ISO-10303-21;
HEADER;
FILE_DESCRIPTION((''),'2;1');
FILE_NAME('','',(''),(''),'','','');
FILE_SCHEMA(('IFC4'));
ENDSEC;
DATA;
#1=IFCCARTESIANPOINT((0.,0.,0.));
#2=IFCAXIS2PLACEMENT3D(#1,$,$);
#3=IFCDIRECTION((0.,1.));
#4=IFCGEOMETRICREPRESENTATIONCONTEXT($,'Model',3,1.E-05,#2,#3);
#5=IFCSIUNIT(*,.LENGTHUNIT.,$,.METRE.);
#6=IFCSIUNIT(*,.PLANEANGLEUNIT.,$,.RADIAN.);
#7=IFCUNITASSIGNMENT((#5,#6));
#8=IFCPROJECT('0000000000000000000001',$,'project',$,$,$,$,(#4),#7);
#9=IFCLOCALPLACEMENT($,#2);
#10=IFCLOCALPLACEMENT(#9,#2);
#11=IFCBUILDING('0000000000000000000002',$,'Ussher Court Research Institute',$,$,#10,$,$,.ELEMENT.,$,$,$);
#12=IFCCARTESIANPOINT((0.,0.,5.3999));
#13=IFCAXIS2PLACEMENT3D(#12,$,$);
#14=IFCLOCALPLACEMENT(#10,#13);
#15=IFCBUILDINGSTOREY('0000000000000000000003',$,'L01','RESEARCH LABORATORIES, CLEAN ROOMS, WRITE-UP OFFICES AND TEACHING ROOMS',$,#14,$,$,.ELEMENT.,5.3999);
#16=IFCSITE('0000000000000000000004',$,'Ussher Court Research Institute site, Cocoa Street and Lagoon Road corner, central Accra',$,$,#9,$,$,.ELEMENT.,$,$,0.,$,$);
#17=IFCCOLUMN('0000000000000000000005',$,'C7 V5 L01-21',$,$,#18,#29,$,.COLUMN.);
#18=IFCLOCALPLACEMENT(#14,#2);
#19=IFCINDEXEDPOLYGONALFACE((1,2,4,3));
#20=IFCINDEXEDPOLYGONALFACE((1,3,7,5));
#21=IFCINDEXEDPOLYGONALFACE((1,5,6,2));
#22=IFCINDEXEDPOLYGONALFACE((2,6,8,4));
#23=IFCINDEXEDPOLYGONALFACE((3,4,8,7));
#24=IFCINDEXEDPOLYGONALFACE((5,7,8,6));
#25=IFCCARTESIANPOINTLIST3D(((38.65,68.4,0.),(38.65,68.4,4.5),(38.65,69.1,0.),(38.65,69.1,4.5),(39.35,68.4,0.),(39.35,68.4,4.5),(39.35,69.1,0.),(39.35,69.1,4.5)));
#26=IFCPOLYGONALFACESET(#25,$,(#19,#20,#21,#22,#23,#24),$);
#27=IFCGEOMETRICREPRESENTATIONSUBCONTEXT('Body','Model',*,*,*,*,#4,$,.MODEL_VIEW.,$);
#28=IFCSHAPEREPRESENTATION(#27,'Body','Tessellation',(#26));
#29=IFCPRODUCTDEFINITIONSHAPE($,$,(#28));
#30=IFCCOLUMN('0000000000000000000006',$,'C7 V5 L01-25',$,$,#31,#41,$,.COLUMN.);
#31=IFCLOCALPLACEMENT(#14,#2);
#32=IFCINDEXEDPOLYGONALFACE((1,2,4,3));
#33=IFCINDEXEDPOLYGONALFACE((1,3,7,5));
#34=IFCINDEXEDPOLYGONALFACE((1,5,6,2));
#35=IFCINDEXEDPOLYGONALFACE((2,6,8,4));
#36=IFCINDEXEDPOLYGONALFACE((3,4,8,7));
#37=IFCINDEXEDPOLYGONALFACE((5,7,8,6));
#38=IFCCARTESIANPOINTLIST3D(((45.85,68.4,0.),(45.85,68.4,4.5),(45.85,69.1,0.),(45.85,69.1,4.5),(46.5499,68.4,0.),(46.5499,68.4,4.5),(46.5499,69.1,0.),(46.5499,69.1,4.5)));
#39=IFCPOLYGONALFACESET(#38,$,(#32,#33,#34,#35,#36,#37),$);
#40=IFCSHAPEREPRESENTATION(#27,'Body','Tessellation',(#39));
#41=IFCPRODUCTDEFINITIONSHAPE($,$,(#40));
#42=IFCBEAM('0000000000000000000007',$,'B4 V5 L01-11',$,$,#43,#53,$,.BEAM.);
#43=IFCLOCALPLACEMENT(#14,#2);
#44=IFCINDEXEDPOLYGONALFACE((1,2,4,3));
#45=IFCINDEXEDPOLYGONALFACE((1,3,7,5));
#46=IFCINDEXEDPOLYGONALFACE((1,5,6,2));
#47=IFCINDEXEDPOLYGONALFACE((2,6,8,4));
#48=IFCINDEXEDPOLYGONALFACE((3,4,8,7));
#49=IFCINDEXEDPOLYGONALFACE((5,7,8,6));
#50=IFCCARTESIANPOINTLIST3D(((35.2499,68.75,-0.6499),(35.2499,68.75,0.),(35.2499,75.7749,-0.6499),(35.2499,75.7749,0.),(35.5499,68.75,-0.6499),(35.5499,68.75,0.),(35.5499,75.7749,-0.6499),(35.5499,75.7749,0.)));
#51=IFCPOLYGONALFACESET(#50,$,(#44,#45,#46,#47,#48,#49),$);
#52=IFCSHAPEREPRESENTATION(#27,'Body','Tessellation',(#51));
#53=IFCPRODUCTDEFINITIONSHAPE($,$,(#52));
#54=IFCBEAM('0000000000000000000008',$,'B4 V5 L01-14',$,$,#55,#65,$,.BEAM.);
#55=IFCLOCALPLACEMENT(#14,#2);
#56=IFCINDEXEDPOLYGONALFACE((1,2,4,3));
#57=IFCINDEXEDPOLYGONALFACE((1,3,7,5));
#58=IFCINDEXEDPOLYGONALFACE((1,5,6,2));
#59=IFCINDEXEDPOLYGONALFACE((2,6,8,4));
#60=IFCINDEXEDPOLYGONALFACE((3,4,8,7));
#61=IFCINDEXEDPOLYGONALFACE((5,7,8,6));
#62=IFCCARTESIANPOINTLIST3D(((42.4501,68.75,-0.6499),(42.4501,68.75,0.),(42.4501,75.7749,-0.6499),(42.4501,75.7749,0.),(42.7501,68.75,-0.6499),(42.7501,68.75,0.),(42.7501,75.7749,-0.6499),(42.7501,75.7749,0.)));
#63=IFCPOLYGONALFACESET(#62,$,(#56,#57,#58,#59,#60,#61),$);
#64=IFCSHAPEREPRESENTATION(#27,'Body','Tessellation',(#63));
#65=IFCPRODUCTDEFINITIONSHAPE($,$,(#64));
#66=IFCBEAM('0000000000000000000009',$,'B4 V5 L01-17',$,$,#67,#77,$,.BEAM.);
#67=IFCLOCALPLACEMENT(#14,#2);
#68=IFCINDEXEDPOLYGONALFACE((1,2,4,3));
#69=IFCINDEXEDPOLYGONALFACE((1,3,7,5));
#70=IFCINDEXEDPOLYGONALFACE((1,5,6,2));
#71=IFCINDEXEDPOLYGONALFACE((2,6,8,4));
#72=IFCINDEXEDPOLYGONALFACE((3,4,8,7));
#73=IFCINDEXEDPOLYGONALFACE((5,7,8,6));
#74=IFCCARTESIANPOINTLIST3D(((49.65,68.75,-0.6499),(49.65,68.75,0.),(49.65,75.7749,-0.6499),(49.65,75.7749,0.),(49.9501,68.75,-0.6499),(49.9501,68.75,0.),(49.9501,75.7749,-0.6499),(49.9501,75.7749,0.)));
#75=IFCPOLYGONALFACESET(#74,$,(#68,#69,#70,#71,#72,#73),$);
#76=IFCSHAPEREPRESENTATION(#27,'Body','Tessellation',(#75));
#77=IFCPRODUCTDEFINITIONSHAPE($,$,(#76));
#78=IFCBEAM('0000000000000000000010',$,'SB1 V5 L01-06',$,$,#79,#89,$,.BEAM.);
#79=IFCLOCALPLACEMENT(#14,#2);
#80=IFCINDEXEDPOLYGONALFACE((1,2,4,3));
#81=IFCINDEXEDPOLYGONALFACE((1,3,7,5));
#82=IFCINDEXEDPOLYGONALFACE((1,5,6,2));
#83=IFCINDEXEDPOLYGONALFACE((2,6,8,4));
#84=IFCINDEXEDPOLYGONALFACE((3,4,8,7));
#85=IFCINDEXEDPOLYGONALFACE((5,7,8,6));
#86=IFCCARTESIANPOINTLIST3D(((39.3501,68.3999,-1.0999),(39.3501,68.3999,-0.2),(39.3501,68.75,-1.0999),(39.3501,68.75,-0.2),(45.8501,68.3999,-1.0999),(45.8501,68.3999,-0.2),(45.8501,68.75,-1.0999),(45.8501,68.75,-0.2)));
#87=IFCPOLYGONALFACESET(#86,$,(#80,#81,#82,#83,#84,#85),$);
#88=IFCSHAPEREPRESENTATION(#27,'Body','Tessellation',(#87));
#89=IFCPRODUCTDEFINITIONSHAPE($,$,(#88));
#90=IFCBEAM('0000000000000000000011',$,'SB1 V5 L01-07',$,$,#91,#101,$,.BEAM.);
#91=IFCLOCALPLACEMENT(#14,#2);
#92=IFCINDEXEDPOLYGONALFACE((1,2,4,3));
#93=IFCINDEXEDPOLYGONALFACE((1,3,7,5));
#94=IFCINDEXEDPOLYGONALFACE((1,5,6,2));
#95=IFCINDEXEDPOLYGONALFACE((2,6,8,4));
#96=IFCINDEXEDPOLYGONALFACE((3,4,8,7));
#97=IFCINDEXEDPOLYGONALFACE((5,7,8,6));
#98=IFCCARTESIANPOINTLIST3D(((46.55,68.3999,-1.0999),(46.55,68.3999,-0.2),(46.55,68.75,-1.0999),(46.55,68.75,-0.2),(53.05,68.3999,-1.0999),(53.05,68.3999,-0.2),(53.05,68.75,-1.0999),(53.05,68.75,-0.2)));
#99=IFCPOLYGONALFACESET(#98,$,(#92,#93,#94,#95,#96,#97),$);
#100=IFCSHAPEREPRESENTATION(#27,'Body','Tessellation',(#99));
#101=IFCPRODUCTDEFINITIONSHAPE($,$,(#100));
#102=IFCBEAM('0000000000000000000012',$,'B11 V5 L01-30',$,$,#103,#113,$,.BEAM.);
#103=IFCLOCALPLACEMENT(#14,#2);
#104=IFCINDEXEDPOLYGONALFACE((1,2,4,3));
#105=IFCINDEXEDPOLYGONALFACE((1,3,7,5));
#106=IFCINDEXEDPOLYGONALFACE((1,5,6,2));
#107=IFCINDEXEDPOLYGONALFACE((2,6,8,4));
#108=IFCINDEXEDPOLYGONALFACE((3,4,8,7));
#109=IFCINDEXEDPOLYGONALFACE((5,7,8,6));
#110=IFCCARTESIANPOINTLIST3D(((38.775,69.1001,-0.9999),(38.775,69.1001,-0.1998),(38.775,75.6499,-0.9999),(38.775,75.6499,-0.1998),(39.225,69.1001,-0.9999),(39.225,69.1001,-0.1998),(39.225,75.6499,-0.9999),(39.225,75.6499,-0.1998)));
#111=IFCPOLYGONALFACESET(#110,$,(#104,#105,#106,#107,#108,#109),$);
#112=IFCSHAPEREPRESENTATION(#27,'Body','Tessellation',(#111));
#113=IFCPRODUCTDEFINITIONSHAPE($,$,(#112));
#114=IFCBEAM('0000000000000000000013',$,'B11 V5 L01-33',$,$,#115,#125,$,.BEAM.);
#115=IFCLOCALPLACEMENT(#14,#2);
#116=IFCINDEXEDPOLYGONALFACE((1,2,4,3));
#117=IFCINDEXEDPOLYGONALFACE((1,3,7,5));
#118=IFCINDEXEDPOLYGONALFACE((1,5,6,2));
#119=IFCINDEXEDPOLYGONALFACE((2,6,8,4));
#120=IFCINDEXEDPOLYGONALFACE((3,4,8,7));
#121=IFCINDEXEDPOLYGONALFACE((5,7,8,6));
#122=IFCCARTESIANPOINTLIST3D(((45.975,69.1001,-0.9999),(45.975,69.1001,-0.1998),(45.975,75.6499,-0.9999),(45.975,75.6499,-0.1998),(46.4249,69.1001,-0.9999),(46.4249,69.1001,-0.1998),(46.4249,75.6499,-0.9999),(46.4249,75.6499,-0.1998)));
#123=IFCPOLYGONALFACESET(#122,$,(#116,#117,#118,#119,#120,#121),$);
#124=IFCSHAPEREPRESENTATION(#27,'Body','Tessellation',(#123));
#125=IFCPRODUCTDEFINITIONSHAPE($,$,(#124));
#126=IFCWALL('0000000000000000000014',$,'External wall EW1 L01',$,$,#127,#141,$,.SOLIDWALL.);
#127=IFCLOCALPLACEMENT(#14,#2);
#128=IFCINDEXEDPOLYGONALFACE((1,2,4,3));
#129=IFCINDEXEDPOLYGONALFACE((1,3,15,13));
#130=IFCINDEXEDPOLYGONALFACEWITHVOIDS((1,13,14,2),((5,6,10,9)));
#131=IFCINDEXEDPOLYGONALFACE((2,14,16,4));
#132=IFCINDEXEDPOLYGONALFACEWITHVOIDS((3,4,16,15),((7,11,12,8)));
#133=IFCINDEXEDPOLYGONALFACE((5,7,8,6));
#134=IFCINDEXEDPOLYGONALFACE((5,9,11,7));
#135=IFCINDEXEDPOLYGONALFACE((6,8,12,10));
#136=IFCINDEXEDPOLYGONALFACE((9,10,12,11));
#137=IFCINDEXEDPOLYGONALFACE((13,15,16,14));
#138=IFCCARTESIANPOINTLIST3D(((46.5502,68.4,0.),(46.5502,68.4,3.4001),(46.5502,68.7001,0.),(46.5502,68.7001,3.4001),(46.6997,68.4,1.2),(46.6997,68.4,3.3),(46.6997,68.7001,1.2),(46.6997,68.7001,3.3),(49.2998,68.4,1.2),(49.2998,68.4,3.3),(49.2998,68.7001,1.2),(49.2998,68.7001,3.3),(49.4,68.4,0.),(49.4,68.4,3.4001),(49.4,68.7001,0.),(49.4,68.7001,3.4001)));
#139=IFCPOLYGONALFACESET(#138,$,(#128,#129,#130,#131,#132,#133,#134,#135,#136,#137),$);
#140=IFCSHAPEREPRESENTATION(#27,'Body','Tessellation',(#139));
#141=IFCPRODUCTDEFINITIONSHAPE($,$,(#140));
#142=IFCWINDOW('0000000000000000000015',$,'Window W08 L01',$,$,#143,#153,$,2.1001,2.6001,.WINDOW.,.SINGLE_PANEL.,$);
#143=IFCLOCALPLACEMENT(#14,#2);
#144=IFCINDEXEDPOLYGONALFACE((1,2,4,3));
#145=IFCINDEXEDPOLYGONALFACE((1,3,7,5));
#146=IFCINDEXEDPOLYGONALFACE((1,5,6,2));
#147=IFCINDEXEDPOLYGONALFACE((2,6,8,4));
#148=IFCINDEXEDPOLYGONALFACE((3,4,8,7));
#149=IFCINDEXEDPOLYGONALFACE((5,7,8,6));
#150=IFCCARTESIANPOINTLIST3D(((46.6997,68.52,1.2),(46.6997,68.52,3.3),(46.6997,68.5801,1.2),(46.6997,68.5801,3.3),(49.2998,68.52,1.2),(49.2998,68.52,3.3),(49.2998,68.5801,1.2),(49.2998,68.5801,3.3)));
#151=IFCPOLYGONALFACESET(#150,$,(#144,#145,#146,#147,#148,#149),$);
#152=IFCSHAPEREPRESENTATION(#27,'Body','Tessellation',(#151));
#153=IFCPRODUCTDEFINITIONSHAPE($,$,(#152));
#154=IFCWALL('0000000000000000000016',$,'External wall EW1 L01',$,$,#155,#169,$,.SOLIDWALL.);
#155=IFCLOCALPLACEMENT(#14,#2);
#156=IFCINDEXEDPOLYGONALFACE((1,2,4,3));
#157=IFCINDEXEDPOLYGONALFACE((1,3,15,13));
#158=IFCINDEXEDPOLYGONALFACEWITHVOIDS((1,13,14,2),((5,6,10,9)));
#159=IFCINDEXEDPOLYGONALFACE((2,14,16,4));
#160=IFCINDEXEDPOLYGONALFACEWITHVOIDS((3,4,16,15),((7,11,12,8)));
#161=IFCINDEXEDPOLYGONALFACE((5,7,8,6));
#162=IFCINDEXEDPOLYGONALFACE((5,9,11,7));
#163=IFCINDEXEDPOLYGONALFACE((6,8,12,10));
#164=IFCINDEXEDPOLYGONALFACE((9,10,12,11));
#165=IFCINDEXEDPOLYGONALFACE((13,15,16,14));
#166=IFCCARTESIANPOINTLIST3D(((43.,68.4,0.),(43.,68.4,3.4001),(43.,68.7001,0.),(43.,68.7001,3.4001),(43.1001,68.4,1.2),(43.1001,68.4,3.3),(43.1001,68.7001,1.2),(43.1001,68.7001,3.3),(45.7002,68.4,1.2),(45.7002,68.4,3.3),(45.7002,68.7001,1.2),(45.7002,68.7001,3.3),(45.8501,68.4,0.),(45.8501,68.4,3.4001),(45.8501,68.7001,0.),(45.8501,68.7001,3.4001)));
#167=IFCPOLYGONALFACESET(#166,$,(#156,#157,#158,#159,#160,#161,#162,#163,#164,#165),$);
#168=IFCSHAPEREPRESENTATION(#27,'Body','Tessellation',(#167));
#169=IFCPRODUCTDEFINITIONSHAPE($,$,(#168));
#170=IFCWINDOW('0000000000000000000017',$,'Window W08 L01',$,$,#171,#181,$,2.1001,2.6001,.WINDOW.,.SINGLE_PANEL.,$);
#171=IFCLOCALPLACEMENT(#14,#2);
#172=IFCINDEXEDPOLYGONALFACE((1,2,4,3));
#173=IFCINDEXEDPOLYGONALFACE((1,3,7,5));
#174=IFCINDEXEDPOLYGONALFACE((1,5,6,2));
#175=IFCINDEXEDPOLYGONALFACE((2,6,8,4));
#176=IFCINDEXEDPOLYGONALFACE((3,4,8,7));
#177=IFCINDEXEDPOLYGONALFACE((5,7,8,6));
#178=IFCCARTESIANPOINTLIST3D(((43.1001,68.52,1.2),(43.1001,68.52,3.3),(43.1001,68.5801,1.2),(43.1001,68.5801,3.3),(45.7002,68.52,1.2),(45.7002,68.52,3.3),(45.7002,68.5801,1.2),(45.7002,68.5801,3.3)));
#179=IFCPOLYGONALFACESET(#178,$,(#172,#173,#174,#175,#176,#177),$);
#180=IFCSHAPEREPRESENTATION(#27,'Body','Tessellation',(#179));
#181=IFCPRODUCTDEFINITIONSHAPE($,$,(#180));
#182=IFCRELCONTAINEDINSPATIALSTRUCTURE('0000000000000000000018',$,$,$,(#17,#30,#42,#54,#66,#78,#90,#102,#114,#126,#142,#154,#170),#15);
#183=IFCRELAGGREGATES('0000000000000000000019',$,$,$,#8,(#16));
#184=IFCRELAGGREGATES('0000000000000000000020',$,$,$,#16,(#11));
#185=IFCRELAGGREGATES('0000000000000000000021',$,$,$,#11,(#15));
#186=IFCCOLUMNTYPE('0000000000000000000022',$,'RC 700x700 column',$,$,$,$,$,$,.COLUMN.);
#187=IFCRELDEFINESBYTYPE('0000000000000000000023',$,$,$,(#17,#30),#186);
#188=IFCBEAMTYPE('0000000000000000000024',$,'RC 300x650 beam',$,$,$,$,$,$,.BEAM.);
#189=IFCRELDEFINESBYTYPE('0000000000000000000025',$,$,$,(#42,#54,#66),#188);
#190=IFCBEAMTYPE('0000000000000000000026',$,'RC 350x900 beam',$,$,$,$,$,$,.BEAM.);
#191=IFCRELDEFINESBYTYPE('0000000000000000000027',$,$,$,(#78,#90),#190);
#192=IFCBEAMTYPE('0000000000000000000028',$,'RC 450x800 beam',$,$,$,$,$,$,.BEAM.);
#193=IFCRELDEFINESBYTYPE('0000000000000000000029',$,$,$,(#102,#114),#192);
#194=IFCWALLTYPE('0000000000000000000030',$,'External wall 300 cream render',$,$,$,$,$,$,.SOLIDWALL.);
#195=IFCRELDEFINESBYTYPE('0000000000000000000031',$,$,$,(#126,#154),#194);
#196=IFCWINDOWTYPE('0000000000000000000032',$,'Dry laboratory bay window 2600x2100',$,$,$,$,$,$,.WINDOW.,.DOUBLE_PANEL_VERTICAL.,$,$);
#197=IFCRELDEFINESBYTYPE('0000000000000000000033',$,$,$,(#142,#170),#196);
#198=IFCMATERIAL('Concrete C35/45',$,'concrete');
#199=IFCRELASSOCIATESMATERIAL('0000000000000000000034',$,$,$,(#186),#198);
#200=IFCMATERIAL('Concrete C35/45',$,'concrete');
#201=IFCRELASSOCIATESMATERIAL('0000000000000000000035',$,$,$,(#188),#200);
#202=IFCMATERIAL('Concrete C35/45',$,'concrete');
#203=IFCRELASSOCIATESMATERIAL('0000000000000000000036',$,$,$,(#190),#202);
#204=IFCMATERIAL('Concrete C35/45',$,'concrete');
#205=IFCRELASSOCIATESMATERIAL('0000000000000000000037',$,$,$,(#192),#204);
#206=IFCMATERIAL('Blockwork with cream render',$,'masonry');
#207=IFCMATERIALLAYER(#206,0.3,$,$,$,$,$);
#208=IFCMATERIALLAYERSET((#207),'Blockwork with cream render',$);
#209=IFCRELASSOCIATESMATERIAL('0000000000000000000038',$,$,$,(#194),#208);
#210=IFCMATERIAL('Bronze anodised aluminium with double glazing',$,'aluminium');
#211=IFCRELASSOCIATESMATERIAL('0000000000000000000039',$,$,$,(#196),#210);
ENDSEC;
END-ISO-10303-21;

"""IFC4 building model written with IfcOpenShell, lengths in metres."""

from ifc_helpers import new_model, si_unit, direction, frame, frame_2d, origin, origin_2d, place, context, subcontext, project, spatial, rectangle, extrude, material, layer, layer_set, material_profile, profile_set, type_object, element, fill, save


model = new_model("IFC4")

# Units and contexts
model_context = context("Model", 3, precision=1e-05, world=origin(), true_north=direction((0.0, 1.0)))
body_context = subcontext(model_context, "Body", "Model", "MODEL_VIEW")
ifc_project = project(units=[si_unit("LENGTHUNIT", "METRE"), si_unit("PLANEANGLEUNIT", "RADIAN")], contexts=[model_context])

# Site, building, storey
site_placement = place(None, origin())
site = spatial("IfcSite", under=ifc_project, at=site_placement, Name="Ussher Court Research Institute site, Cocoa Street and Lagoon Road corner, central Accra", CompositionType="ELEMENT", RefElevation=0.0)
building_placement = place(site_placement, origin())
building = spatial("IfcBuilding", under=site, at=building_placement, Name="Ussher Court Research Institute", CompositionType="ELEMENT")
storey_placement = place(building_placement, frame((0.0, 0.0, 5.3999)))
storey = spatial("IfcBuildingStorey", under=building, at=storey_placement, Name="L01", Description="RESEARCH LABORATORIES, CLEAN ROOMS, WRITE-UP OFFICES AND TEACHING ROOMS", CompositionType="ELEMENT", Elevation=5.3999)

# Columns
ifc_material_1 = material(Name="Concrete C35/45", Category="concrete")
ifc_material_profile_1 = material_profile(ifc_material_1, rectangle(XDim=0.7, YDim=0.7, at=origin_2d()), Name="RC 700x700")
ifc_profile_set_1 = profile_set([ifc_material_profile_1], Name="Concrete C35/45")
column_type = type_object("IfcColumnType", Name="RC 700x700 column", PredefinedType="COLUMN", material=ifc_profile_set_1)
for number, where, z_axis, x_axis, name in (
    (1, (39.0, 68.75, 0.0), (0.0, 0.0, 1.0), (1.0, 0.0, 0.0), "C7 V5 L01-21"),
    (2, (46.2, 68.75, 0.0), (0.0, 0.0, 1.0), (1.0, 0.0, 0.0), "C7 V5 L01-25"),
):
    element("IfcColumn", number, at=place(storey_placement, frame(where, z_axis=z_axis, x_axis=x_axis)), inside=storey, type_object=column_type, Name=name, PredefinedType="COLUMN", context=body_context, shape_type="SweptSolid", body=[
        extrude(rectangle(XDim=0.7, YDim=0.7, at=origin_2d()), origin(), (0.0, 0.0, 1.0), 4.5),
    ])

# Beams
ifc_material_2 = material(Name="Concrete C35/45", Category="concrete")
ifc_material_profile_2 = material_profile(ifc_material_2, rectangle(XDim=0.3, YDim=0.6499, at=origin_2d()), Name="RC 300x650")
ifc_profile_set_2 = profile_set([ifc_material_profile_2], Name="Concrete C35/45")
beam_type_1 = type_object("IfcBeamType", Name="RC 300x650 beam", PredefinedType="BEAM", material=ifc_profile_set_2)
for number, where, z_axis, x_axis, name in (
    (3, (35.3999, 68.75, -0.325), (0.0, 1.0, 0.0), (-1.0, 0.0, 0.0), "B4 V5 L01-11"),
    (4, (42.6001, 68.75, -0.325), (0.0, 1.0, 0.0), (-1.0, 0.0, 0.0), "B4 V5 L01-14"),
    (5, (49.8, 68.75, -0.325), (0.0, 1.0, 0.0), (-1.0, 0.0, 0.0), "B4 V5 L01-17"),
):
    element("IfcBeam", number, at=place(storey_placement, frame(where, z_axis=z_axis, x_axis=x_axis)), inside=storey, type_object=beam_type_1, Name=name, PredefinedType="BEAM", context=body_context, shape_type="SweptSolid", body=[
        extrude(rectangle(XDim=0.3, YDim=0.6499, at=origin_2d()), origin(), (0.0, 0.0, 1.0), 7.0249),
    ])
ifc_material_3 = material(Name="Concrete C35/45", Category="concrete")
ifc_material_profile_3 = material_profile(ifc_material_3, rectangle(XDim=0.3501, YDim=0.8999, at=origin_2d()), Name="RC 350x900")
ifc_profile_set_3 = profile_set([ifc_material_profile_3], Name="Concrete C35/45")
beam_type_2 = type_object("IfcBeamType", Name="RC 350x900 beam", PredefinedType="BEAM", material=ifc_profile_set_3)
for number, where, z_axis, x_axis, name in (
    (6, (39.3501, 68.575, -0.6499), (1.0, 0.0, 0.0), (0.0, 1.0, 0.0), "SB1 V5 L01-06"),
    (7, (46.55, 68.575, -0.6499), (1.0, 0.0, 0.0), (0.0, 1.0, 0.0), "SB1 V5 L01-07"),
):
    element("IfcBeam", number, at=place(storey_placement, frame(where, z_axis=z_axis, x_axis=x_axis)), inside=storey, type_object=beam_type_2, Name=name, PredefinedType="BEAM", context=body_context, shape_type="SweptSolid", body=[
        extrude(rectangle(XDim=0.3501, YDim=0.8999, at=origin_2d()), origin(), (0.0, 0.0, 1.0), 6.5),
    ])
ifc_material_4 = material(Name="Concrete C35/45", Category="concrete")
ifc_material_profile_4 = material_profile(ifc_material_4, rectangle(XDim=0.45, YDim=0.8, at=origin_2d()), Name="RC 450x800")
ifc_profile_set_4 = profile_set([ifc_material_profile_4], Name="Concrete C35/45")
beam_type_3 = type_object("IfcBeamType", Name="RC 450x800 beam", PredefinedType="BEAM", material=ifc_profile_set_4)
for number, where, z_axis, x_axis, name in (
    (8, (39.0, 69.1001, -0.5999), (0.0, 1.0, 0.0), (-1.0, 0.0, 0.0), "B11 V5 L01-30"),
    (9, (46.2, 69.1001, -0.5999), (0.0, 1.0, 0.0), (-1.0, 0.0, 0.0), "B11 V5 L01-33"),
):
    element("IfcBeam", number, at=place(storey_placement, frame(where, z_axis=z_axis, x_axis=x_axis)), inside=storey, type_object=beam_type_3, Name=name, PredefinedType="BEAM", context=body_context, shape_type="SweptSolid", body=[
        extrude(rectangle(XDim=0.45, YDim=0.8, at=origin_2d()), origin(), (0.0, 0.0, 1.0), 6.5498),
    ])

# Walls, openings, windows
ifc_material_5 = material(Name="Blockwork with cream render", Category="masonry")
ifc_layer_1 = layer(ifc_material_5, 0.3)
ifc_layer_set_1 = layer_set([ifc_layer_1], Name="Blockwork with cream render")
wall_type_1 = type_object("IfcWallType", Name="External wall 300 cream render", PredefinedType="SOLIDWALL", material=ifc_layer_set_1)
wall_1_placement = place(storey_placement, frame((49.3999, 68.55, 0.0), z_axis=(0.0, 0.0, 1.0), x_axis=(-1.0, 0.0, 0.0)))
wall_1 = element("IfcWall", 10, at=wall_1_placement, inside=storey, type_object=wall_type_1, Name="External wall EW1 L01", PredefinedType="SOLIDWALL", context=body_context, shape_type="SweptSolid", body=[
    extrude(rectangle(XDim=2.8499, YDim=0.3, at=frame_2d((1.4248, 0.0))), origin(), (0.0, 0.0, 1.0), 3.4001),
])
opening_1_placement = place(wall_1_placement, frame((0.1001, 0.0, 1.2)))
opening_1 = element("IfcOpeningElement", 11, at=opening_1_placement, cuts=wall_1, PredefinedType="OPENING", context=body_context, shape_type="SweptSolid", body=[
    extrude(rectangle(XDim=2.6001, YDim=2.1001, at=frame_2d((1.3, 1.05))), frame((0.0, 0.1602, 0.0), z_axis=(0.0, -1.0, 0.0), x_axis=(1.0, 0.0, 0.0)), (0.0, 0.0, 1.0), 0.3201),
])
ifc_material_6 = material(Name="Bronze anodised aluminium with double glazing", Category="aluminium")
window_type = type_object("IfcWindowType", Name="Dry laboratory bay window 2600x2100", PartitioningType="DOUBLE_PANEL_VERTICAL", PredefinedType="WINDOW", material=ifc_material_6)
window_1_placement = place(opening_1_placement, origin())
window_1 = element("IfcWindow", 12, at=window_1_placement, inside=storey, type_object=window_type, Name="Window W08 L01", OverallHeight=2.1001, OverallWidth=2.6001, PartitioningType="SINGLE_PANEL", PredefinedType="WINDOW", context=body_context, shape_type="SweptSolid", body=[
    extrude(rectangle(XDim=2.6001, YDim=2.1001, at=frame_2d((1.3, 1.05))), frame((0.0, 0.03, 0.0), z_axis=(0.0, -1.0, 0.0), x_axis=(1.0, 0.0, 0.0)), (0.0, 0.0, 1.0), 0.0601),
])
fill(opening_1, window_1)
wall_2_placement = place(storey_placement, frame((45.8501, 68.55, 0.0), z_axis=(0.0, 0.0, 1.0), x_axis=(-1.0, 0.0, 0.0)))
wall_2 = element("IfcWall", 13, at=wall_2_placement, inside=storey, type_object=wall_type_1, Name="External wall EW1 L01", PredefinedType="SOLIDWALL", context=body_context, shape_type="SweptSolid", body=[
    extrude(rectangle(XDim=2.8501, YDim=0.3, at=frame_2d((1.425, 0.0))), origin(), (0.0, 0.0, 1.0), 3.4001),
])
opening_2_placement = place(wall_2_placement, frame((0.1499, 0.0, 1.2)))
opening_2 = element("IfcOpeningElement", 14, at=opening_2_placement, cuts=wall_2, PredefinedType="OPENING", context=body_context, shape_type="SweptSolid", body=[
    extrude(rectangle(XDim=2.6001, YDim=2.1001, at=frame_2d((1.3, 1.05))), frame((0.0, 0.1602, 0.0), z_axis=(0.0, -1.0, 0.0), x_axis=(1.0, 0.0, 0.0)), (0.0, 0.0, 1.0), 0.3201),
])
window_2_placement = place(opening_2_placement, origin())
window_2 = element("IfcWindow", 15, at=window_2_placement, inside=storey, type_object=window_type, Name="Window W08 L01", OverallHeight=2.1001, OverallWidth=2.6001, PartitioningType="SINGLE_PANEL", PredefinedType="WINDOW", context=body_context, shape_type="SweptSolid", body=[
    extrude(rectangle(XDim=2.6001, YDim=2.1001, at=frame_2d((1.3, 1.05))), frame((0.0, 0.03, 0.0), z_axis=(0.0, -1.0, 0.0), x_axis=(1.0, 0.0, 0.0)), (0.0, 0.0, 1.0), 0.0601),
])
fill(opening_2, window_2)

save(model, "model.ifc")
